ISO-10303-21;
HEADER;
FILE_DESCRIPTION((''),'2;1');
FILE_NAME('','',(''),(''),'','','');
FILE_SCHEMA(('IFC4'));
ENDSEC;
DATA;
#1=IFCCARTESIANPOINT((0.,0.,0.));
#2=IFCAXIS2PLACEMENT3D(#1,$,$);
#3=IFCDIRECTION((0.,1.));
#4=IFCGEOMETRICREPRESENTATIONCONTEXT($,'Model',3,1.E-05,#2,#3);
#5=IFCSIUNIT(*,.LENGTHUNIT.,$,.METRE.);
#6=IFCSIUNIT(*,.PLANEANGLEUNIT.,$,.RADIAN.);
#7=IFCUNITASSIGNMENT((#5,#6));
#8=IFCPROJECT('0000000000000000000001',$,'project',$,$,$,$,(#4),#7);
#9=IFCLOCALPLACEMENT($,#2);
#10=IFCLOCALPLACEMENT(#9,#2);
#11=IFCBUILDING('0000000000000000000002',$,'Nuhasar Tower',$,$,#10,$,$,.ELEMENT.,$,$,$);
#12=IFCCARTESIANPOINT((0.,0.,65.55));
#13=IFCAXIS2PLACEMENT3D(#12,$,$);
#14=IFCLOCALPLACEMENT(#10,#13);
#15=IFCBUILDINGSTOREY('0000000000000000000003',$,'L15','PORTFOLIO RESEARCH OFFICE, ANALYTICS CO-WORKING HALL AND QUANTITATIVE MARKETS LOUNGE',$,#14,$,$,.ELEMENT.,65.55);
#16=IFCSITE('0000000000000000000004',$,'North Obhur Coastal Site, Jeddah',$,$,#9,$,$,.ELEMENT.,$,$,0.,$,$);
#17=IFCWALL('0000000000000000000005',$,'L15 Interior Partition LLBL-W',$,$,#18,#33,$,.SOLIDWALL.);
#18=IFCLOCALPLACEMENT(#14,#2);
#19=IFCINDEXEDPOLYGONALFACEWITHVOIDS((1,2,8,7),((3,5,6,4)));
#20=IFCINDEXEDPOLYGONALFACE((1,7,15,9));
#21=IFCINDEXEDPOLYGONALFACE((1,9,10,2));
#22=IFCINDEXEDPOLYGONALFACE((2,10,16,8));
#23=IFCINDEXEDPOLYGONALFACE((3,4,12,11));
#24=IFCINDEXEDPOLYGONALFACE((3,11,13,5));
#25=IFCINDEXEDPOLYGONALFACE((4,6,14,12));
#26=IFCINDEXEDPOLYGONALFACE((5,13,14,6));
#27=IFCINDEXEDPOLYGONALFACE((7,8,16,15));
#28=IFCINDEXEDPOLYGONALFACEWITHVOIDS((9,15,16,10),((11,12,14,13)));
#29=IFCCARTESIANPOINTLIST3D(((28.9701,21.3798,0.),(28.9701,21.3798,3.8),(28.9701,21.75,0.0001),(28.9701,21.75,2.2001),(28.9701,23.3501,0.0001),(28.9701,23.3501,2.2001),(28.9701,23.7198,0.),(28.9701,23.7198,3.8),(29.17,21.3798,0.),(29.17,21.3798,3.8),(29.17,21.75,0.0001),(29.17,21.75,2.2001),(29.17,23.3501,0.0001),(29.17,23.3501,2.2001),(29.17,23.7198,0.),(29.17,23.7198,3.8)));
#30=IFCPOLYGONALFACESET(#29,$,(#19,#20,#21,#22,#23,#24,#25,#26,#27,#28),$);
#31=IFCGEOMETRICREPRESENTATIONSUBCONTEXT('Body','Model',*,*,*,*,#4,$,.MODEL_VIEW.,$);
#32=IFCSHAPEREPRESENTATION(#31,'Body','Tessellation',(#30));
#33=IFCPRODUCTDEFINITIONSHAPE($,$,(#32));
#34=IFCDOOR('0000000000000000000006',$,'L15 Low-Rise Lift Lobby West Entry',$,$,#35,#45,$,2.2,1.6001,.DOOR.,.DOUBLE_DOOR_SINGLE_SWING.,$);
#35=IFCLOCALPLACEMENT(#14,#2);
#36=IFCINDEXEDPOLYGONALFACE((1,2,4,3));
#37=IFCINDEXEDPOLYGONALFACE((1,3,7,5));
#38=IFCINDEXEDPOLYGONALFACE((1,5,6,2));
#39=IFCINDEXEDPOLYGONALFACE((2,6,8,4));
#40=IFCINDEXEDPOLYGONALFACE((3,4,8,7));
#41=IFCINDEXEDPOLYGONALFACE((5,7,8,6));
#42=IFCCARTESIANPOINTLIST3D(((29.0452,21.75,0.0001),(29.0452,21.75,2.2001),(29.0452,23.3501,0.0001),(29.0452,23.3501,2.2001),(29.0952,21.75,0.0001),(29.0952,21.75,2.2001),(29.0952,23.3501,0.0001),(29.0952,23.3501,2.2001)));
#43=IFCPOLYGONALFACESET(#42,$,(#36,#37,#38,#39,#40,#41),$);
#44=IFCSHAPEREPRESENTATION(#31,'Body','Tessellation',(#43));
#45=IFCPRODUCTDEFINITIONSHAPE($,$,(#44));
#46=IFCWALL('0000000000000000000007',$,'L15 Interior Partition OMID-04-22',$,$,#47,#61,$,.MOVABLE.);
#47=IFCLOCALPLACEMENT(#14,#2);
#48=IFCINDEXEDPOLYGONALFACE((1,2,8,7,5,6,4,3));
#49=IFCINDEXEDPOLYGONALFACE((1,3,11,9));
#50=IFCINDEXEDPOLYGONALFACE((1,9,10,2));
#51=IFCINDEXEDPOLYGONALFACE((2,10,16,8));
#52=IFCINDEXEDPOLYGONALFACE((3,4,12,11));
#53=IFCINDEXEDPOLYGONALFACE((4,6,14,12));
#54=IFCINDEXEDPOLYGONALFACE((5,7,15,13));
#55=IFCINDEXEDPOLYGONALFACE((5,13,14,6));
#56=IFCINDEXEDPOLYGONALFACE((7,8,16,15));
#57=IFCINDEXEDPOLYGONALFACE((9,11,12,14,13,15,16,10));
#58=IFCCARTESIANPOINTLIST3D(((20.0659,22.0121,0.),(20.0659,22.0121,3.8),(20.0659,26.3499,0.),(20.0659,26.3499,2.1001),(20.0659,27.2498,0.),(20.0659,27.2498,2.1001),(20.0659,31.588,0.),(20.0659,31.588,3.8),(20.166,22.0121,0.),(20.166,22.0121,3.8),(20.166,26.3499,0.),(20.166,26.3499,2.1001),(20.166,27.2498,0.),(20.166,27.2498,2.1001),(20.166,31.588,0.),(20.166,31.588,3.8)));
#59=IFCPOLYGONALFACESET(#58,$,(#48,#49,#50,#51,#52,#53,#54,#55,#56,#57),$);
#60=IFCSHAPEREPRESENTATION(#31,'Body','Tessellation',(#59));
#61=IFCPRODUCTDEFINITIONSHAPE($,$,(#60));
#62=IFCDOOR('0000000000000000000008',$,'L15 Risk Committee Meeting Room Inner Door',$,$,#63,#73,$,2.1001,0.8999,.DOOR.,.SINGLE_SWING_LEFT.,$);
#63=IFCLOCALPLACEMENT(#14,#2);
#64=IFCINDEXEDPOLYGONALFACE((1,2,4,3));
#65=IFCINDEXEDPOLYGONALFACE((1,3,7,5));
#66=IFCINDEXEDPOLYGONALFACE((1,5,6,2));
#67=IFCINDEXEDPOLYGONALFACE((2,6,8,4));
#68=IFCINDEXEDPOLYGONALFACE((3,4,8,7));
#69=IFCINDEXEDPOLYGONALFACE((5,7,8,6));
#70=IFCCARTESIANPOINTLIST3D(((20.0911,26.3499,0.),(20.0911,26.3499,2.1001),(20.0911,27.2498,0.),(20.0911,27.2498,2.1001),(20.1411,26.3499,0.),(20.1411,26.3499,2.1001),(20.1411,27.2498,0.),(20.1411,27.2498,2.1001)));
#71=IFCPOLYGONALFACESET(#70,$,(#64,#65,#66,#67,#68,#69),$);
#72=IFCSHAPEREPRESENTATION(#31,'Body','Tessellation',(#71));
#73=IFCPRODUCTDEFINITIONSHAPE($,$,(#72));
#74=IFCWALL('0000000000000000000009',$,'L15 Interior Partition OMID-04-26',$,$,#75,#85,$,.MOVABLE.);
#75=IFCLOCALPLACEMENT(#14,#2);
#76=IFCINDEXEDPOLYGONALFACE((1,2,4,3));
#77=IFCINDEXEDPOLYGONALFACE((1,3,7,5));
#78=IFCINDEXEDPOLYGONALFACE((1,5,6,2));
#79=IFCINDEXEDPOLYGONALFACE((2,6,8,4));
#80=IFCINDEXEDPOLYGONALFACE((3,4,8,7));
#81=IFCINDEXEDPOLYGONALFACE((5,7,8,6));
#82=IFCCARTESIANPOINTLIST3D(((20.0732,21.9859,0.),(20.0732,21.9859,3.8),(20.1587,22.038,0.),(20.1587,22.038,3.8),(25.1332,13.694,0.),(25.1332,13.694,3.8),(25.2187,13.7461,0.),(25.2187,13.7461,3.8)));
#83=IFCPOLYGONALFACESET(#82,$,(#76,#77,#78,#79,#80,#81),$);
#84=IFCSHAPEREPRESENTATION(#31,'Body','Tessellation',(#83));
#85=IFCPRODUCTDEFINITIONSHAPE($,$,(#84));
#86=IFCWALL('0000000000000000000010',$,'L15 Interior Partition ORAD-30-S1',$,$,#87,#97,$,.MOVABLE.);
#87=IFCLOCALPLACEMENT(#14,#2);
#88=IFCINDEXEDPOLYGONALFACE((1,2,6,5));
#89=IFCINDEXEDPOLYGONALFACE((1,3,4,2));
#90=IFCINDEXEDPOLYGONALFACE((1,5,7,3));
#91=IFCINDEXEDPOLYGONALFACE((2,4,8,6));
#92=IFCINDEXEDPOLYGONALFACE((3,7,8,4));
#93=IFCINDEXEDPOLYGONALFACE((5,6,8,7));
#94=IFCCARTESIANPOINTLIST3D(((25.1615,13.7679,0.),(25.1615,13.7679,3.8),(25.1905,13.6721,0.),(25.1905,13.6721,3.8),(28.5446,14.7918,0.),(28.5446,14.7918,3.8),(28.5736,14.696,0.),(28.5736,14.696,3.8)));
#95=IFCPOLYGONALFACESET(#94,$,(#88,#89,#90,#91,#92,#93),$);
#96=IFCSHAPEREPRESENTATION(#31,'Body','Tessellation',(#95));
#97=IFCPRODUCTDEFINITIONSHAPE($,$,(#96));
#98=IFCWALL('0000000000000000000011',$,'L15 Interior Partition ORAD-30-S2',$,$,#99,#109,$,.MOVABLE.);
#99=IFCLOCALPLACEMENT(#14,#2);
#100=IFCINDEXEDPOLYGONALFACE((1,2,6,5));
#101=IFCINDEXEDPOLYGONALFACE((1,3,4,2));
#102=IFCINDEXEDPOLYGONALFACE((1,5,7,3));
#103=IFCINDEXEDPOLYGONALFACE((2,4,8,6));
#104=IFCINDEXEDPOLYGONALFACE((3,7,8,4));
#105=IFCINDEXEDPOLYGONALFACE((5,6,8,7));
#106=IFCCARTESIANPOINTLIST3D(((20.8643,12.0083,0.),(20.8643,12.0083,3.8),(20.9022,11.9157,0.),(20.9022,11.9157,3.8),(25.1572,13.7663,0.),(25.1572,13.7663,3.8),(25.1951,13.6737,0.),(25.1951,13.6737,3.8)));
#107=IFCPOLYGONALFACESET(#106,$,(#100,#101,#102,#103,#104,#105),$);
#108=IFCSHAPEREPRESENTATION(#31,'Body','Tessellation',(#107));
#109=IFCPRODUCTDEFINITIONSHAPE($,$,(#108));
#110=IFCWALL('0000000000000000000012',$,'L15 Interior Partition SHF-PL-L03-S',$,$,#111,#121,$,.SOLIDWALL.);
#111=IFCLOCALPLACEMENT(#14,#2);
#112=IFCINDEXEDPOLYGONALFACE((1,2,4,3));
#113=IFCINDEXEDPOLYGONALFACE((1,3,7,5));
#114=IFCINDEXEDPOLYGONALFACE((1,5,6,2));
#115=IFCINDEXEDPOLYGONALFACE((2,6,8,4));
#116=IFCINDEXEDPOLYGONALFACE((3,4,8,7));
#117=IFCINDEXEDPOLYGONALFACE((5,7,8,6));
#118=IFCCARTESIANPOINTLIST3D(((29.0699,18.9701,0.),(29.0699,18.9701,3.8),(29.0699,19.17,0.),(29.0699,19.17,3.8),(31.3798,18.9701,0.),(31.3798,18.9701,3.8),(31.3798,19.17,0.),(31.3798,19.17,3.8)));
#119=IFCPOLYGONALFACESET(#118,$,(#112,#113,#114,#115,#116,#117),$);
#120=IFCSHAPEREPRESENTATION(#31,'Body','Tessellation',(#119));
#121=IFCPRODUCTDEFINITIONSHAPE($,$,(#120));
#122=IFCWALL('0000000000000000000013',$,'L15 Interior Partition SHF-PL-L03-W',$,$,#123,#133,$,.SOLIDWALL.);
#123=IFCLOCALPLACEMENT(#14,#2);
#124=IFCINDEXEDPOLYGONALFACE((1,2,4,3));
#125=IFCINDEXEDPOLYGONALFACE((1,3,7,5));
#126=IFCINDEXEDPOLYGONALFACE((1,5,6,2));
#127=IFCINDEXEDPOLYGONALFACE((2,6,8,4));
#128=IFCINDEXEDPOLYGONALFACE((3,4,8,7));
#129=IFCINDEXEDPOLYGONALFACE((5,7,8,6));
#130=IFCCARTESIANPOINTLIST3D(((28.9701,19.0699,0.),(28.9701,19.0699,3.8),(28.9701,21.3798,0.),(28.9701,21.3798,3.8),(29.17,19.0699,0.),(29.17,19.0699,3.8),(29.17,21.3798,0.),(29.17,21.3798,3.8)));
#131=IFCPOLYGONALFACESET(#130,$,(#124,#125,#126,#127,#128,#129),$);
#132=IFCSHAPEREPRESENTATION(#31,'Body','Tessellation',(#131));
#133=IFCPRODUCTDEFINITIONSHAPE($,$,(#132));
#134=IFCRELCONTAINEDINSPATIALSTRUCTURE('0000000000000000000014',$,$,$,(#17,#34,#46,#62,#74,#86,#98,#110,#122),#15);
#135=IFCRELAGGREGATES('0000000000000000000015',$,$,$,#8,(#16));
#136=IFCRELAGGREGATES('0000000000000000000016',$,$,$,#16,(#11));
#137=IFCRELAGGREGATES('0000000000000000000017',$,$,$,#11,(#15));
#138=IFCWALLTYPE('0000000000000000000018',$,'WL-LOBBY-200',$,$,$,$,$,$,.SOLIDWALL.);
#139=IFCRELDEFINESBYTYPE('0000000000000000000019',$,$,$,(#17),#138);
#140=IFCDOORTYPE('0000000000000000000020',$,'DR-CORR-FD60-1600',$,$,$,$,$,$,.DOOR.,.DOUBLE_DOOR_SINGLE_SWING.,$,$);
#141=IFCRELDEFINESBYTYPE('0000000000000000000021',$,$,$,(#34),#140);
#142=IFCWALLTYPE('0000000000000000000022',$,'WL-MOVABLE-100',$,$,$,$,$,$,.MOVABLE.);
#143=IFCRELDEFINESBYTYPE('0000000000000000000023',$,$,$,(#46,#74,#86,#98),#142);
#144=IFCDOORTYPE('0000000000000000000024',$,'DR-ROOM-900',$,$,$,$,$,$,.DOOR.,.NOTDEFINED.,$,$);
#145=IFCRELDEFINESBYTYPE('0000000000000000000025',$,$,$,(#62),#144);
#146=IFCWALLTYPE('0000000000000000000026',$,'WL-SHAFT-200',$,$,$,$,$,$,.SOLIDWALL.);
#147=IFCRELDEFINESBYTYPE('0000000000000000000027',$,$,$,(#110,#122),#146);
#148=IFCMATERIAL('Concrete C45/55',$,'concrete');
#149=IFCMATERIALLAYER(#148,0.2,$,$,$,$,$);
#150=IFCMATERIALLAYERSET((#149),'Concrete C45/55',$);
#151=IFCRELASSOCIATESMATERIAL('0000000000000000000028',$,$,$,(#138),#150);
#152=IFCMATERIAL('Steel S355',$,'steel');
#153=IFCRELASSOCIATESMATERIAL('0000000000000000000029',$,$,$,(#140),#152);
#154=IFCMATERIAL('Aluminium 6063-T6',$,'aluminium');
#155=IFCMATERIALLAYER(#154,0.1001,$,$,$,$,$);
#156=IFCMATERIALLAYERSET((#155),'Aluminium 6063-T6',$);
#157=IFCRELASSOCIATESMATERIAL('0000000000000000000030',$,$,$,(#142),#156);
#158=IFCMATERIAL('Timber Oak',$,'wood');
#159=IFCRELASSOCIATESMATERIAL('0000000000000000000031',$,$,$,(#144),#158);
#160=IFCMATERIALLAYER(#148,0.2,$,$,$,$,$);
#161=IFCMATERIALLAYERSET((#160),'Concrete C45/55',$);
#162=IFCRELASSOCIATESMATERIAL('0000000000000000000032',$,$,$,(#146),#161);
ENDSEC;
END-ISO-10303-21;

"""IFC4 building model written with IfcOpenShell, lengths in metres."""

from ifc_helpers import new_model, si_unit, direction, frame, frame_2d, origin, place, context, subcontext, project, spatial, rectangle, extrude, material, layer, layer_set, type_object, element, fill, save


model = new_model("IFC4")

# Units and contexts
model_context = context("Model", 3, precision=1e-05, world=origin(), true_north=direction((0.0, 1.0)))
body_context = subcontext(model_context, "Body", "Model", "MODEL_VIEW")
ifc_project = project(units=[si_unit("LENGTHUNIT", "METRE"), si_unit("PLANEANGLEUNIT", "RADIAN")], contexts=[model_context])

# Site, building, storey
site_placement = place(None, origin())
site = spatial("IfcSite", under=ifc_project, at=site_placement, Name="North Obhur Coastal Site, Jeddah", CompositionType="ELEMENT", RefElevation=0.0)
building_placement = place(site_placement, origin())
building = spatial("IfcBuilding", under=site, at=building_placement, Name="Nuhasar Tower", CompositionType="ELEMENT")
storey_placement = place(building_placement, frame((0.0, 0.0, 65.55)))
storey = spatial("IfcBuildingStorey", under=building, at=storey_placement, Name="L15", Description="PORTFOLIO RESEARCH OFFICE, ANALYTICS CO-WORKING HALL AND QUANTITATIVE MARKETS LOUNGE", CompositionType="ELEMENT", Elevation=65.55)

# Shared definitions
ifc_material_1 = material(Name="Steel S355", Category="steel")

# Shared definitions
ifc_material_2 = material(Name="Aluminium 6063-T6", Category="aluminium")

# Walls, openings, doors
ifc_material_3 = material(Name="Concrete C45/55", Category="concrete")
ifc_layer_1 = layer(ifc_material_3, 0.2)
ifc_layer_set_1 = layer_set([ifc_layer_1], Name="Concrete C45/55")
wall_type_1 = type_object("IfcWallType", Name="WL-LOBBY-200", PredefinedType="SOLIDWALL", material=ifc_layer_set_1)
wall_1_placement = place(storey_placement, frame((29.0701, 21.3799, 0.0), z_axis=(0.0, 0.0, 1.0), x_axis=(0.0, 1.0, 0.0)))
wall_1 = element("IfcWall", 1, at=wall_1_placement, inside=storey, type_object=wall_type_1, Name="L15 Interior Partition LLBL-W", PredefinedType="SOLIDWALL", context=body_context, shape_type="SweptSolid", body=[
    extrude(rectangle(XDim=2.3401, YDim=0.2, at=frame_2d((1.1699, 0.0))), origin(), (0.0, 0.0, 1.0), 3.8),
])
opening_1_placement = place(wall_1_placement, frame((0.3701, 0.0, 0.0)))
opening_1 = element("IfcOpeningElement", 2, at=opening_1_placement, cuts=wall_1, PredefinedType="OPENING", context=body_context, shape_type="SweptSolid", body=[
    extrude(rectangle(XDim=1.6001, YDim=2.2, at=frame_2d((0.8, 1.1001))), frame((0.0, 0.1099, 0.0), z_axis=(0.0, -1.0, 0.0), x_axis=(1.0, 0.0, 0.0)), (0.0, 0.0, 1.0), 0.22),
])
door_type_1 = type_object("IfcDoorType", Name="DR-CORR-FD60-1600", OperationType="DOUBLE_DOOR_SINGLE_SWING", PredefinedType="DOOR", material=ifc_material_1)
door_1_placement = place(opening_1_placement, origin())
door_1 = element("IfcDoor", 3, at=door_1_placement, inside=storey, type_object=door_type_1, Name="L15 Low-Rise Lift Lobby West Entry", OperationType="DOUBLE_DOOR_SINGLE_SWING", OverallHeight=2.2, OverallWidth=1.6001, PredefinedType="DOOR", context=body_context, shape_type="SweptSolid", body=[
    extrude(rectangle(XDim=1.6001, YDim=2.2, at=frame_2d((0.8, 1.1001))), frame((0.0, 0.0249, 0.0), z_axis=(0.0, -1.0, 0.0), x_axis=(1.0, 0.0, 0.0)), (0.0, 0.0, 1.0), 0.05),
])
fill(opening_1, door_1)
ifc_layer_2 = layer(ifc_material_2, 0.1001)
ifc_layer_set_2 = layer_set([ifc_layer_2], Name="Aluminium 6063-T6")
wall_type_2 = type_object("IfcWallType", Name="WL-MOVABLE-100", PredefinedType="MOVABLE", material=ifc_layer_set_2)
wall_2_placement = place(storey_placement, frame((20.116, 22.012, 0.0), z_axis=(0.0, 0.0, 1.0), x_axis=(0.0, 1.0, 0.0)))
wall_2 = element("IfcWall", 4, at=wall_2_placement, inside=storey, type_object=wall_type_2, Name="L15 Interior Partition OMID-04-22", PredefinedType="MOVABLE", context=body_context, shape_type="SweptSolid", body=[
    extrude(rectangle(XDim=9.5759, YDim=0.1001, at=frame_2d((4.7881, 0.0))), origin(), (0.0, 0.0, 1.0), 3.8),
])
opening_2_placement = place(wall_2_placement, frame((4.3379, 0.0, 0.0)))
opening_2 = element("IfcOpeningElement", 5, at=opening_2_placement, cuts=wall_2, PredefinedType="OPENING", context=body_context, shape_type="SweptSolid", body=[
    extrude(rectangle(XDim=0.8999, YDim=2.1001, at=frame_2d((0.45, 1.05))), frame((0.0, 0.0601, 0.0), z_axis=(0.0, -1.0, 0.0), x_axis=(1.0, 0.0, 0.0)), (0.0, 0.0, 1.0), 0.1201),
])
ifc_material_4 = material(Name="Timber Oak", Category="wood")
door_type_2 = type_object("IfcDoorType", Name="DR-ROOM-900", OperationType="NOTDEFINED", PredefinedType="DOOR", material=ifc_material_4)
door_2_placement = place(opening_2_placement, origin())
door_2 = element("IfcDoor", 6, at=door_2_placement, inside=storey, type_object=door_type_2, Name="L15 Risk Committee Meeting Room Inner Door", OperationType="SINGLE_SWING_LEFT", OverallHeight=2.1001, OverallWidth=0.8999, PredefinedType="DOOR", context=body_context, shape_type="SweptSolid", body=[
    extrude(rectangle(XDim=0.8999, YDim=2.1001, at=frame_2d((0.45, 1.05))), frame((0.0, 0.0249, 0.0), z_axis=(0.0, -1.0, 0.0), x_axis=(1.0, 0.0, 0.0)), (0.0, 0.0, 1.0), 0.05),
])
fill(opening_2, door_2)

# Walls
wall_3_placement = place(storey_placement, frame((20.116, 22.012, 0.0), z_axis=(0.0, 0.0, 1.0), x_axis=(0.520905, -0.853615, 0.0)))
element("IfcWall", 7, at=wall_3_placement, inside=storey, type_object=wall_type_2, Name="L15 Interior Partition OMID-04-26", PredefinedType="MOVABLE", context=body_context, shape_type="SweptSolid", body=[
    extrude(rectangle(XDim=9.7139, YDim=0.1001, at=frame_2d((4.8569, 0.0))), origin(), (0.0, 0.0, 1.0), 3.8),
])
wall_4_placement = place(storey_placement, frame((28.5591, 14.7439, 0.0), z_axis=(0.0, 0.0, 1.0), x_axis=(-0.957122, -0.289685, 0.0)))
element("IfcWall", 8, at=wall_4_placement, inside=storey, type_object=wall_type_2, Name="L15 Interior Partition ORAD-30-S1", PredefinedType="MOVABLE", context=body_context, shape_type="SweptSolid", body=[
    extrude(rectangle(XDim=3.5347, YDim=0.1001, at=frame_2d((1.7673, 0.0))), origin(), (0.0, 0.0, 1.0), 3.8),
])
wall_5_placement = place(storey_placement, frame((25.176, 13.72, 0.0), z_axis=(0.0, 0.0, 1.0), x_axis=(-0.925408, -0.378973, 0.0)))
element("IfcWall", 9, at=wall_5_placement, inside=storey, type_object=wall_type_2, Name="L15 Interior Partition ORAD-30-S2", PredefinedType="MOVABLE", context=body_context, shape_type="SweptSolid", body=[
    extrude(rectangle(XDim=4.6389, YDim=0.1001, at=frame_2d((2.3193, 0.0))), origin(), (0.0, 0.0, 1.0), 3.8),
])
ifc_layer_3 = layer(ifc_material_3, 0.2)
ifc_layer_set_3 = layer_set([ifc_layer_3], Name="Concrete C45/55")
wall_type_3 = type_object("IfcWallType", Name="WL-SHAFT-200", PredefinedType="SOLIDWALL", material=ifc_layer_set_3)
wall_6_placement = place(storey_placement, frame((29.0701, 19.0701, 0.0), z_axis=(0.0, 0.0, 1.0), x_axis=(1.0, 0.0, 0.0)))
element("IfcWall", 10, at=wall_6_placement, inside=storey, type_object=wall_type_3, Name="L15 Interior Partition SHF-PL-L03-S", PredefinedType="SOLIDWALL", context=body_context, shape_type="SweptSolid", body=[
    extrude(rectangle(XDim=2.3098, YDim=0.2, at=frame_2d((1.1548, 0.0))), origin(), (0.0, 0.0, 1.0), 3.8),
])

# Wall
wall_7_placement = place(storey_placement, frame((29.0701, 19.0701, 0.0), z_axis=(0.0, 0.0, 1.0), x_axis=(0.0, 1.0, 0.0)))
element("IfcWall", 11, at=wall_7_placement, inside=storey, type_object=wall_type_3, Name="L15 Interior Partition SHF-PL-L03-W", PredefinedType="SOLIDWALL", context=body_context, shape_type="SweptSolid", body=[
    extrude(rectangle(XDim=2.3098, YDim=0.2, at=frame_2d((1.1548, 0.0))), origin(), (0.0, 0.0, 1.0), 3.8),
])

save(model, "model.ifc")
